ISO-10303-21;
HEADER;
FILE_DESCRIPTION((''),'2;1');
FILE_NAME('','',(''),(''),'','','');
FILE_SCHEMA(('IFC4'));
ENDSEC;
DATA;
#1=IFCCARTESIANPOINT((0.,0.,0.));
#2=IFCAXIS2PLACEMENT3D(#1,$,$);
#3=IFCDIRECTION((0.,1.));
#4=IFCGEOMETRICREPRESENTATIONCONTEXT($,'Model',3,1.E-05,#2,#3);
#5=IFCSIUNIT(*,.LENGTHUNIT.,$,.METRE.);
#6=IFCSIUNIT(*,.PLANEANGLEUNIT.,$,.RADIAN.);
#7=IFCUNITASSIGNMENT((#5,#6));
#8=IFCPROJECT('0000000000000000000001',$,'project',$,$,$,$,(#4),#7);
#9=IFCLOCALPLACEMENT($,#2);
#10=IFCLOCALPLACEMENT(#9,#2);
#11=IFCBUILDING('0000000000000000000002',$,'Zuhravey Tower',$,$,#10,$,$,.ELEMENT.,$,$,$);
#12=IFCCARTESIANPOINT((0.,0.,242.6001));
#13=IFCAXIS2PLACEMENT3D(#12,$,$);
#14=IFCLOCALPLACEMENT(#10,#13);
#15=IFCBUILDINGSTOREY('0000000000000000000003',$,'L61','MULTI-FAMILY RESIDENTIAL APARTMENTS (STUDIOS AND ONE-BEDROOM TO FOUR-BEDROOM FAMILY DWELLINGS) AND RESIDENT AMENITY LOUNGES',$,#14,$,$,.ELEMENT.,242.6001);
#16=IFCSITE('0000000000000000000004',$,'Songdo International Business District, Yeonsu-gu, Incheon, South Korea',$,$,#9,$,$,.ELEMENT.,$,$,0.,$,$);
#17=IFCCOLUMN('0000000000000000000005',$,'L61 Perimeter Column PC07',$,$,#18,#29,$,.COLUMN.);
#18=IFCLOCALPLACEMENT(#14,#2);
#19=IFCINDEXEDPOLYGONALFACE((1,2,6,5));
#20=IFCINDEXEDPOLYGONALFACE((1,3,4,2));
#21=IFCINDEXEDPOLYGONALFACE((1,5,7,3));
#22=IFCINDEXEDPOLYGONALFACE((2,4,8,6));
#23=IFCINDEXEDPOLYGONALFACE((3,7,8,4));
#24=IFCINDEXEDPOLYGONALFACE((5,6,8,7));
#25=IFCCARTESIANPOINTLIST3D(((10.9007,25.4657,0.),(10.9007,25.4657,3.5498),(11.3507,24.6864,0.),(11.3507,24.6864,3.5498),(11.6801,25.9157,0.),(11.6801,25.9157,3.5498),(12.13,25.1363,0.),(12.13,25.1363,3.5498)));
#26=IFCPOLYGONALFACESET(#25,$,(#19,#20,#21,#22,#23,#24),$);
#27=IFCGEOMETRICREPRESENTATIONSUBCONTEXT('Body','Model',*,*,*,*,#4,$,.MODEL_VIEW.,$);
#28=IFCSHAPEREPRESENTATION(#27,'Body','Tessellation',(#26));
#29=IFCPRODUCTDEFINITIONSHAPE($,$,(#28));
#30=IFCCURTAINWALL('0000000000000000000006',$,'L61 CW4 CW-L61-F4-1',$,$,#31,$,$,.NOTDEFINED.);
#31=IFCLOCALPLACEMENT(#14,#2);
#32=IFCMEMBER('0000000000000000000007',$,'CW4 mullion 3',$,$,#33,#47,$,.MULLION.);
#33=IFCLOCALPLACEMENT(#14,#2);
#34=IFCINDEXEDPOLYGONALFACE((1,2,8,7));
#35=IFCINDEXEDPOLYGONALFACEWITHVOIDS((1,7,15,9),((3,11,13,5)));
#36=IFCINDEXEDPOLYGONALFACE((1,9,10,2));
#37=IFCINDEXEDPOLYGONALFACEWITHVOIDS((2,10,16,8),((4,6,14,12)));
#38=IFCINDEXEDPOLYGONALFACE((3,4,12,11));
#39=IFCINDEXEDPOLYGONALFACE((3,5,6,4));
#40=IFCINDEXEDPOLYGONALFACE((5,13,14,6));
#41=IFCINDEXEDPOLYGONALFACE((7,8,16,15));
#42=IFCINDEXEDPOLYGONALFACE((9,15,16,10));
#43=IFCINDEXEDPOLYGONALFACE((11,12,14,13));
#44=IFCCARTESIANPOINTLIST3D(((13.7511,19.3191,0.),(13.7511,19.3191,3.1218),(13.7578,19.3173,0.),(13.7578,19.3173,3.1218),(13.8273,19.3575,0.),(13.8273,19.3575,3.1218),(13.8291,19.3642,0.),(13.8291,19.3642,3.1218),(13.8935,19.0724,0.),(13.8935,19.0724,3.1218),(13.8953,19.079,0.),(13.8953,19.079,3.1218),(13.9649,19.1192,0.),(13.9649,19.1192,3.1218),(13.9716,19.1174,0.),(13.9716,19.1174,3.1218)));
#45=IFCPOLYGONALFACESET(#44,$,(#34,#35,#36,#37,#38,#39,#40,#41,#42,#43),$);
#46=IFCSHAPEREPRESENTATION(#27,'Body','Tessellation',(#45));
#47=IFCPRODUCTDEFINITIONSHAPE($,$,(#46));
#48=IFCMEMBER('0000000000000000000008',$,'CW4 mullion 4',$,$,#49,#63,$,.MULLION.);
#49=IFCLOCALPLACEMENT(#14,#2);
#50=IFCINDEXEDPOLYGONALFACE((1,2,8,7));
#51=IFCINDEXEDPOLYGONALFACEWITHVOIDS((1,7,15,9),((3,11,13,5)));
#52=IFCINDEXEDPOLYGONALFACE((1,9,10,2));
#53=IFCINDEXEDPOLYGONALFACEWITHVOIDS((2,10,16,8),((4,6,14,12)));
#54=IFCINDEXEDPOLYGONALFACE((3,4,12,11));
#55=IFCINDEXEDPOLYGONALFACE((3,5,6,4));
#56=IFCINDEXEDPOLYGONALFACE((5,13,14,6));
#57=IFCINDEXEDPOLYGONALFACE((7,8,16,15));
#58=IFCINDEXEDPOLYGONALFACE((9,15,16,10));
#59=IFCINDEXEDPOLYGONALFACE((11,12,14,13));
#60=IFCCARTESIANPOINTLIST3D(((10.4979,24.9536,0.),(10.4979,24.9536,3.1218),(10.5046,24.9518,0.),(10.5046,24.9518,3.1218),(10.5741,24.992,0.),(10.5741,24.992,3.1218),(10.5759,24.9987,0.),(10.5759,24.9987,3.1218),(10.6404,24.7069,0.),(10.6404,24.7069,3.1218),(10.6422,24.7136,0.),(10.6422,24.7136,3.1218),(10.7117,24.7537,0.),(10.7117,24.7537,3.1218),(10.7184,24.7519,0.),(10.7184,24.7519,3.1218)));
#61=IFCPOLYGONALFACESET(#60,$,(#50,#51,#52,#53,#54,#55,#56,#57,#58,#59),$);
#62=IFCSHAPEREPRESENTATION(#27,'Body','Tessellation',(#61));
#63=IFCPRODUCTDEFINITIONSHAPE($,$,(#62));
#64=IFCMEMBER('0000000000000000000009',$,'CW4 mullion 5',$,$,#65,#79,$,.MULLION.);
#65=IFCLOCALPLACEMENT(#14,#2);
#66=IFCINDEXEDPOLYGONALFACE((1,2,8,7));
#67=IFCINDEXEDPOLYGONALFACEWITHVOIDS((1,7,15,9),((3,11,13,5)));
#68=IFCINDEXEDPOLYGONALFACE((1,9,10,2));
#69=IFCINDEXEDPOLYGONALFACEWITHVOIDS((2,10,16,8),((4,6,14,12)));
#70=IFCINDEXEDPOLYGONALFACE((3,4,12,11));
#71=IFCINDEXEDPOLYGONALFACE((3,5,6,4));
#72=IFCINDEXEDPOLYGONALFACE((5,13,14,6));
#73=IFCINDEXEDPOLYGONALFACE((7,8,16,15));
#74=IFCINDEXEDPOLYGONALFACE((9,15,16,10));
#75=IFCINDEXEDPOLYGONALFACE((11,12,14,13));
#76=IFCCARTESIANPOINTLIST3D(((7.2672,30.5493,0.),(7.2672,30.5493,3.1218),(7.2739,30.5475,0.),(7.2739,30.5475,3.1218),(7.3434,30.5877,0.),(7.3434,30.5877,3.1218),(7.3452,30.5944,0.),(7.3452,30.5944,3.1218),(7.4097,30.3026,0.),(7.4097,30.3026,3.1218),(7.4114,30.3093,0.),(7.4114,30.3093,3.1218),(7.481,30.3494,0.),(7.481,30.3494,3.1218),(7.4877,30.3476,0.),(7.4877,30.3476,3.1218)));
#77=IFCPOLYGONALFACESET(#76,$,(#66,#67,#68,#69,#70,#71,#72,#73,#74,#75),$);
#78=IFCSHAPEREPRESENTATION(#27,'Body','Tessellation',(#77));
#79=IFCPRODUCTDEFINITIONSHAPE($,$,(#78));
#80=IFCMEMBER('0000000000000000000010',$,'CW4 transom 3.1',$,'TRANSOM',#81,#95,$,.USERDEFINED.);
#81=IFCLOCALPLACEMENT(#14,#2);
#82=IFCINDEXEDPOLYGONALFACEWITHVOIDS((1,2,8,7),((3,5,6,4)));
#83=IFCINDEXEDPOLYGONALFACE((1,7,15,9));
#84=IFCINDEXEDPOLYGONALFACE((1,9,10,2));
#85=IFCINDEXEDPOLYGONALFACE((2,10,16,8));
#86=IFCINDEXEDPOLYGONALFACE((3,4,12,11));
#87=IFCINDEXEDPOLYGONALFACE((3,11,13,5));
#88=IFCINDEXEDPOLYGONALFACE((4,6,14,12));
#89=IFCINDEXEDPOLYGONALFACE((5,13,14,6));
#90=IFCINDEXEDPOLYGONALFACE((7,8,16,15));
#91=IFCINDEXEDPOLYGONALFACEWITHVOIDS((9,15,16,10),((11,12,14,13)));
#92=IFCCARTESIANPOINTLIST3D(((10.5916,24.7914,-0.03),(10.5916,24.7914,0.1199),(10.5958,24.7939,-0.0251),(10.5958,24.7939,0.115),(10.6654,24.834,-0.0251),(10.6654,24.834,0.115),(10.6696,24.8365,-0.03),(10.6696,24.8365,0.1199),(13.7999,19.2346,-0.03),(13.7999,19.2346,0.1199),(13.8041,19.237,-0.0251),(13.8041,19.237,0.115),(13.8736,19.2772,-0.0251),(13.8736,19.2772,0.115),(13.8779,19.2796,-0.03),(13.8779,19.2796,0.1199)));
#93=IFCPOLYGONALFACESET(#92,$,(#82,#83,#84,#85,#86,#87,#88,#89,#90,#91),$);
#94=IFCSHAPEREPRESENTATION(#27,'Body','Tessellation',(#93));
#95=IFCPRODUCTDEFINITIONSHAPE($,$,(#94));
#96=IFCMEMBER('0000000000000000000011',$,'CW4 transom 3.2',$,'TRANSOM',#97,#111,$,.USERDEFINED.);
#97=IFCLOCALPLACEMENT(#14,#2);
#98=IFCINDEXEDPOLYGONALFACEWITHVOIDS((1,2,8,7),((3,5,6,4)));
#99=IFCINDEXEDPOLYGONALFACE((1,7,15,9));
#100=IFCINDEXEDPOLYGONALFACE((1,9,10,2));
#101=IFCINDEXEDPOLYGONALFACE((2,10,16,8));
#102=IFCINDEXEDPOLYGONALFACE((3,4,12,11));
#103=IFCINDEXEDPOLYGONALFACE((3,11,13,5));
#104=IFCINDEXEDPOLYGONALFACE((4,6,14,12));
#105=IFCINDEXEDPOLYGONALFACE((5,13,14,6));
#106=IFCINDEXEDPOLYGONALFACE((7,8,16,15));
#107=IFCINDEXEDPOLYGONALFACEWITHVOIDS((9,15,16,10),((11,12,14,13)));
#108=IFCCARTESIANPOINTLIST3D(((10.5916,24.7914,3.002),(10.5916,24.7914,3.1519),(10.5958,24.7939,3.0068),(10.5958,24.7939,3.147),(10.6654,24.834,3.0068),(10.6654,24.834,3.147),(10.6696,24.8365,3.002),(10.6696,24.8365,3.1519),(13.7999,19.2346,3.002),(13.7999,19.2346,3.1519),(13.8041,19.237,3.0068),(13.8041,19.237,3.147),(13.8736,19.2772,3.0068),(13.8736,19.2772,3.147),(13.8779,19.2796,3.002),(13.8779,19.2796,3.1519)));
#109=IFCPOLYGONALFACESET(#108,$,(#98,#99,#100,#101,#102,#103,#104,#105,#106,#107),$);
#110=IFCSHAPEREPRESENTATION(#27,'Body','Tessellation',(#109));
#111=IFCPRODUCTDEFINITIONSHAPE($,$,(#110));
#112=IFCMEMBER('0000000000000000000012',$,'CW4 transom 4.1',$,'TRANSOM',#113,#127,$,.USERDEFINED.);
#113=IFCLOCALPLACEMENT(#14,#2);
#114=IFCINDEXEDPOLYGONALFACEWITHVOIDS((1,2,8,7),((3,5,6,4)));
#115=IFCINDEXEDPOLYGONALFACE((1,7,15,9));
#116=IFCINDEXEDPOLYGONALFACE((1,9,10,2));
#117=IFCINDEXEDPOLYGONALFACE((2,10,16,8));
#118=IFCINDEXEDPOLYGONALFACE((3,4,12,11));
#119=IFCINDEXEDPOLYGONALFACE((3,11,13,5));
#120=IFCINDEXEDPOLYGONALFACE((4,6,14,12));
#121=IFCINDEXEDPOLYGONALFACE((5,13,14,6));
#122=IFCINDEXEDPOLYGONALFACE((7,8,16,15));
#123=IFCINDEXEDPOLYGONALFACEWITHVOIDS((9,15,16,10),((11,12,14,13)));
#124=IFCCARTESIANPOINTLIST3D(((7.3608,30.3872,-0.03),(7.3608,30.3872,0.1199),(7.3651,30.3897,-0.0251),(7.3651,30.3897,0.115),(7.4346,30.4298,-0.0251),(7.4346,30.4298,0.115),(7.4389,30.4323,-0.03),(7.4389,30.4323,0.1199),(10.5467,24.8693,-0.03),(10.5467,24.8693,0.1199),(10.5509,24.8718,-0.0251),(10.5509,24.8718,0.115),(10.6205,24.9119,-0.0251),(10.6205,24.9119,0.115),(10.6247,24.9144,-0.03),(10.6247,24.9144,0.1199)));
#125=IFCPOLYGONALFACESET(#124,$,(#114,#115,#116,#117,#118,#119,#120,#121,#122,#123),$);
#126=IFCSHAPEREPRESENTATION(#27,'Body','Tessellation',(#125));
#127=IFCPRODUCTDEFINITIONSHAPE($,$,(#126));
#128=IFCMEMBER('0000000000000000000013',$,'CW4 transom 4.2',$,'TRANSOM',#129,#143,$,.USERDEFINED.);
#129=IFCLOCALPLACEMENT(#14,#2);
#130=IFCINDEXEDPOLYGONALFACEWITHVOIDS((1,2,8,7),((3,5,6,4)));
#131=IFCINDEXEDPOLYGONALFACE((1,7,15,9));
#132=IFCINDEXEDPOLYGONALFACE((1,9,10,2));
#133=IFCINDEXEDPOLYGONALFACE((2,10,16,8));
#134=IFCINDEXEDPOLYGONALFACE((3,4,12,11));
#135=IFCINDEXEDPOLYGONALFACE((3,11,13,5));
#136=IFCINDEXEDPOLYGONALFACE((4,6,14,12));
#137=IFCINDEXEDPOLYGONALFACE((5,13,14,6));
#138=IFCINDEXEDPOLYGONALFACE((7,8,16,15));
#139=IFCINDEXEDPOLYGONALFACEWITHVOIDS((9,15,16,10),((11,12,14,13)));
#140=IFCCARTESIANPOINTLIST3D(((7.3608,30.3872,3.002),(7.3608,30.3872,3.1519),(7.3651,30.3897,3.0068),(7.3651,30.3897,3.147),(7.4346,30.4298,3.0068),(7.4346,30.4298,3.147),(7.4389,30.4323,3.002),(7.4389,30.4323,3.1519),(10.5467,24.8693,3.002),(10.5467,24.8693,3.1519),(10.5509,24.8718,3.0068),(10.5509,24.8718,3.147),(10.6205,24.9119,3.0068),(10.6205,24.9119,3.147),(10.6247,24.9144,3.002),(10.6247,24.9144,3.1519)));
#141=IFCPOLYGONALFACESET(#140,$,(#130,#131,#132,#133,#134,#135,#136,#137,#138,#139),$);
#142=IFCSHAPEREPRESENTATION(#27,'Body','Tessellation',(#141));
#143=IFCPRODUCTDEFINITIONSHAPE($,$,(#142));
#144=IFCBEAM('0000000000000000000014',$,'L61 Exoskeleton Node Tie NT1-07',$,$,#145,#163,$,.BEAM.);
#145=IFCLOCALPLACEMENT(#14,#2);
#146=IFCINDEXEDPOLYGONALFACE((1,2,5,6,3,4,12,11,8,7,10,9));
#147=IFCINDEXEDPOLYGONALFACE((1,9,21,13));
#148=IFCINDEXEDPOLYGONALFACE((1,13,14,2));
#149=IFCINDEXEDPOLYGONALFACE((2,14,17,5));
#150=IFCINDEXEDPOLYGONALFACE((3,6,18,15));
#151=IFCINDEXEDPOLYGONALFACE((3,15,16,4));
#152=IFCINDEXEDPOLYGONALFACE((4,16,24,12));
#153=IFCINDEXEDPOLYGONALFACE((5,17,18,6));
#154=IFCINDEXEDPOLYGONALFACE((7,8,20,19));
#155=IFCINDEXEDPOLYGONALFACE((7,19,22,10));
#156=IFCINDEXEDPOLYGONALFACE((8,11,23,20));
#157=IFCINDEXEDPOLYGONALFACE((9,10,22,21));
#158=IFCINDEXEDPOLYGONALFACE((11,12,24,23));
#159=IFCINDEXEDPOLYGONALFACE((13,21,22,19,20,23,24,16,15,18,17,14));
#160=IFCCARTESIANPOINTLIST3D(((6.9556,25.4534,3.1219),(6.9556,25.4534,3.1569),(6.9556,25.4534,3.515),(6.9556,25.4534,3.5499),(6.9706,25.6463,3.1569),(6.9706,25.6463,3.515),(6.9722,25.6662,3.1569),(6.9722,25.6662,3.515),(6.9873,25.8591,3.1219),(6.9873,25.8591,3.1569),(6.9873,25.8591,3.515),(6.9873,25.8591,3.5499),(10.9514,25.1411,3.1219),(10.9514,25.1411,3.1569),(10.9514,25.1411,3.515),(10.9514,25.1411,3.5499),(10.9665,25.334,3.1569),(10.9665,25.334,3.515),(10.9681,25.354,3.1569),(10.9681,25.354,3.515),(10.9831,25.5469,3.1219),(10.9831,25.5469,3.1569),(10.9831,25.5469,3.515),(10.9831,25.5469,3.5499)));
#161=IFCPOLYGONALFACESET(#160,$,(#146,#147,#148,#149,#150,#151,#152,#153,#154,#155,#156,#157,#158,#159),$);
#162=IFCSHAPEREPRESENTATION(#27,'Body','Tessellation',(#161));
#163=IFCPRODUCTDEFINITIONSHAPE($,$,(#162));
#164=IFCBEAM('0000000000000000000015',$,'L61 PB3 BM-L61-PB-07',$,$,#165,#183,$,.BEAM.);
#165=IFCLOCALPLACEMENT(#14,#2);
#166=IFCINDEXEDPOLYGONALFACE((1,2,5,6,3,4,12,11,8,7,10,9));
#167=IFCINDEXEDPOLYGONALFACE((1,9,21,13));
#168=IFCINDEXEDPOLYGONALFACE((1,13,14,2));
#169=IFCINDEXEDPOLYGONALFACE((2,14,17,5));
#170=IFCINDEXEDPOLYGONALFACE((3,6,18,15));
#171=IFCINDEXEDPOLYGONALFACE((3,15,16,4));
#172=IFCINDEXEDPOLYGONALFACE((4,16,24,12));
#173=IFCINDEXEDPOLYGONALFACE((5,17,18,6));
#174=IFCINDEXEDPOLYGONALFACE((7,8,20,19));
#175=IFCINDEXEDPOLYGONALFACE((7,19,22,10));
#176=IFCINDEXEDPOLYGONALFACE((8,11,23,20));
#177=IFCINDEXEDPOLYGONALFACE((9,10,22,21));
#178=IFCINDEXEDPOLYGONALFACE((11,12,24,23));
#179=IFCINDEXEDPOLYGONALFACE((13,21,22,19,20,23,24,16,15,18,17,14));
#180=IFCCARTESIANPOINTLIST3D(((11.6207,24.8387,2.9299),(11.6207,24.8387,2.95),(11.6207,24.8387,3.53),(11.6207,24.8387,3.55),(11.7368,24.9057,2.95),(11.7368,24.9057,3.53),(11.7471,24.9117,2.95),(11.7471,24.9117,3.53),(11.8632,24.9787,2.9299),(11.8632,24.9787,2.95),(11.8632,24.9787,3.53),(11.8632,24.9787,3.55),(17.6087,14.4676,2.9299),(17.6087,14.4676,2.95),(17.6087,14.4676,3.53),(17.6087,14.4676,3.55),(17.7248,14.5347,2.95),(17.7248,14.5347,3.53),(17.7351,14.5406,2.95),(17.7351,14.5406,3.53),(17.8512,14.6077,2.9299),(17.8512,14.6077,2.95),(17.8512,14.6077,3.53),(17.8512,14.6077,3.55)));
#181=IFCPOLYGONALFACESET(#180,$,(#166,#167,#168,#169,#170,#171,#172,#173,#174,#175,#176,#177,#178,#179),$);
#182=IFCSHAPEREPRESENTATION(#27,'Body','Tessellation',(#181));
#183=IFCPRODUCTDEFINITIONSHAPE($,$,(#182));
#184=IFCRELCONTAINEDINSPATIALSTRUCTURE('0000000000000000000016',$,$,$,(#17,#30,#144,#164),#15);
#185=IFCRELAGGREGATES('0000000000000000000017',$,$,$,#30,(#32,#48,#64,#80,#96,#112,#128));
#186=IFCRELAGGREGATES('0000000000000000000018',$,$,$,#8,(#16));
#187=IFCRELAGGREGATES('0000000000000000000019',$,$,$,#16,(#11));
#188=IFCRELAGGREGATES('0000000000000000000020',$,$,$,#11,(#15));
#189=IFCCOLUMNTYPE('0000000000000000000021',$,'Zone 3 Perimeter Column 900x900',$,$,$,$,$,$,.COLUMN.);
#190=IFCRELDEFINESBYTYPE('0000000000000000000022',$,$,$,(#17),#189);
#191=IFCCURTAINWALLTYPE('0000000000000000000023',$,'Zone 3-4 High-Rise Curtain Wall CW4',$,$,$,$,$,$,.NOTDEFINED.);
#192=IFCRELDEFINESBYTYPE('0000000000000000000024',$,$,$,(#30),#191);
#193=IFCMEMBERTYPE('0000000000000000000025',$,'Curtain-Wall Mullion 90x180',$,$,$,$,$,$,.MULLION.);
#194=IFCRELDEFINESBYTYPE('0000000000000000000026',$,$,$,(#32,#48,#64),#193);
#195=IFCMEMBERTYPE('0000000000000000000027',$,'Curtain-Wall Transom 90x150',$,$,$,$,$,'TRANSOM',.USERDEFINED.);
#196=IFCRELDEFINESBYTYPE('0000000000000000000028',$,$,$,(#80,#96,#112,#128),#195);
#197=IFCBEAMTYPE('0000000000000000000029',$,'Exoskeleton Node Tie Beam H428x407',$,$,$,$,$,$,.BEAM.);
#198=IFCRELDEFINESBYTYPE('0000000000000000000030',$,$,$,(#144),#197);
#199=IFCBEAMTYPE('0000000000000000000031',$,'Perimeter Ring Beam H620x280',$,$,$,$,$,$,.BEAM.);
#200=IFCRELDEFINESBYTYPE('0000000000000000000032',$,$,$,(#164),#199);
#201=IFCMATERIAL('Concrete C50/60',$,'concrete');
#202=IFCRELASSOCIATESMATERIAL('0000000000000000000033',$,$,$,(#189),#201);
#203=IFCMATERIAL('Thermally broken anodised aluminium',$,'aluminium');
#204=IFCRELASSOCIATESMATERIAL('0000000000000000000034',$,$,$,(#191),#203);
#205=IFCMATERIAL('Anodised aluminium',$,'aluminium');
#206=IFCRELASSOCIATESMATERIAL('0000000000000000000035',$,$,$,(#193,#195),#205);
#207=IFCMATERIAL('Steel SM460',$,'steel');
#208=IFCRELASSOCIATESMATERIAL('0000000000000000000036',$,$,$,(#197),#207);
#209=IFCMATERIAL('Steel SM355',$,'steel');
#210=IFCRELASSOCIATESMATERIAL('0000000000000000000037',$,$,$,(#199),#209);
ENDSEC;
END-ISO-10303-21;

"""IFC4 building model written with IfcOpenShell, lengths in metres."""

from ifc_helpers import new_model, si_unit, direction, frame, origin, origin_2d, place, context, subcontext, project, spatial, rectangle, hollow_rectangle, i_section, extrude, material, material_profile, profile_set, type_object, element, aggregate, save


model = new_model("IFC4")

# Units and contexts
model_context = context("Model", 3, precision=1e-05, world=origin(), true_north=direction((0.0, 1.0)))
body_context = subcontext(model_context, "Body", "Model", "MODEL_VIEW")
ifc_project = project(units=[si_unit("LENGTHUNIT", "METRE"), si_unit("PLANEANGLEUNIT", "RADIAN")], contexts=[model_context])

# Site, building, storey
site_placement = place(None, origin())
site = spatial("IfcSite", under=ifc_project, at=site_placement, Name="Songdo International Business District, Yeonsu-gu, Incheon, South Korea", CompositionType="ELEMENT", RefElevation=0.0)
building_placement = place(site_placement, origin())
building = spatial("IfcBuilding", under=site, at=building_placement, Name="Zuhravey Tower", CompositionType="ELEMENT")
storey_placement = place(building_placement, frame((0.0, 0.0, 242.6001)))
storey = spatial("IfcBuildingStorey", under=building, at=storey_placement, Name="L61", Description="MULTI-FAMILY RESIDENTIAL APARTMENTS (STUDIOS AND ONE-BEDROOM TO FOUR-BEDROOM FAMILY DWELLINGS) AND RESIDENT AMENITY LOUNGES", CompositionType="ELEMENT", Elevation=242.6001)

# Column
ifc_material_1 = material(Name="Concrete C50/60", Category="concrete")
ifc_material_profile_1 = material_profile(ifc_material_1, rectangle(XDim=0.8999, YDim=0.8999, at=origin_2d()), Name="RC-900x900")
ifc_profile_set_1 = profile_set([ifc_material_profile_1], Name="Concrete C50/60")
column_type = type_object("IfcColumnType", Name="Zone 3 Perimeter Column 900x900", PredefinedType="COLUMN", material=ifc_profile_set_1)
column_placement = place(storey_placement, frame((11.5154, 25.301, 0.0), z_axis=(0.0, 0.0, 1.0), x_axis=(0.5, -0.866025, 0.0)))
element("IfcColumn", 1, at=column_placement, inside=storey, type_object=column_type, Name="L61 Perimeter Column PC07", PredefinedType="COLUMN", context=body_context, shape_type="SweptSolid", body=[
    extrude(rectangle(XDim=0.8999, YDim=0.8999, at=origin_2d()), origin(), (0.0, 0.0, 1.0), 3.5498),
])

# Curtain wall, members
ifc_material_2 = material(Name="Thermally broken anodised aluminium", Category="aluminium")
curtain_wall_type = type_object("IfcCurtainWallType", Name="Zone 3-4 High-Rise Curtain Wall CW4", PredefinedType="NOTDEFINED", material=ifc_material_2)
curtain_wall_placement = place(storey_placement, origin())
curtain_wall = element("IfcCurtainWall", 2, at=curtain_wall_placement, inside=storey, type_object=curtain_wall_type, Name="L61 CW4 CW-L61-F4-1", PredefinedType="NOTDEFINED")
ifc_material_3 = material(Name="Anodised aluminium", Category="aluminium")
ifc_material_profile_2 = material_profile(ifc_material_3, hollow_rectangle(XDim=0.0901, YDim=0.2849, WallThickness=0.0049, at=origin_2d()), Name="ALU-RHS-90x285x5")
ifc_profile_set_2 = profile_set([ifc_material_profile_2], Name="Anodised aluminium")
member_type_1 = type_object("IfcMemberType", Name="Curtain-Wall Mullion 90x180", PredefinedType="MULLION", material=ifc_profile_set_2)
member_1_placement = place(storey_placement, frame((13.8613, 19.2183, 0.0), z_axis=(0.0, 0.0, 1.0), x_axis=(-0.866025, -0.500001, 0.0)))
member_1 = element("IfcMember", 3, at=member_1_placement, type_object=member_type_1, Name="CW4 mullion 3", PredefinedType="MULLION", context=body_context, shape_type="SweptSolid", body=[
    extrude(hollow_rectangle(XDim=0.0901, YDim=0.2849, WallThickness=0.0049, at=origin_2d()), origin(), (0.0, 0.0, 1.0), 3.1218),
])
member_2_placement = place(storey_placement, frame((10.6082, 24.8528, 0.0), z_axis=(0.0, 0.0, 1.0), x_axis=(-0.866025, -0.500001, 0.0)))
member_2 = element("IfcMember", 4, at=member_2_placement, type_object=member_type_1, Name="CW4 mullion 4", PredefinedType="MULLION", context=body_context, shape_type="SweptSolid", body=[
    extrude(hollow_rectangle(XDim=0.0901, YDim=0.2849, WallThickness=0.0049, at=origin_2d()), origin(), (0.0, 0.0, 1.0), 3.1218),
])
member_3_placement = place(storey_placement, frame((7.3774, 30.4485, 0.0), z_axis=(0.0, 0.0, 1.0), x_axis=(-0.866025, -0.500001, 0.0)))
member_3 = element("IfcMember", 5, at=member_3_placement, type_object=member_type_1, Name="CW4 mullion 5", PredefinedType="MULLION", context=body_context, shape_type="SweptSolid", body=[
    extrude(hollow_rectangle(XDim=0.0901, YDim=0.2849, WallThickness=0.0049, at=origin_2d()), origin(), (0.0, 0.0, 1.0), 3.1218),
])
ifc_material_profile_3 = material_profile(ifc_material_3, hollow_rectangle(XDim=0.0901, YDim=0.1499, WallThickness=0.0049, at=origin_2d()), Name="ALU-RHS-90x150x5")
ifc_profile_set_3 = profile_set([ifc_material_profile_3], Name="Anodised aluminium")
member_type_2 = type_object("IfcMemberType", Name="Curtain-Wall Transom 90x150", ElementType="TRANSOM", PredefinedType="USERDEFINED", material=ifc_profile_set_3)
member_4_placement = place(storey_placement, frame((13.8389, 19.2571, 0.0449), z_axis=(-0.499998, 0.866027, 0.0), x_axis=(-0.866027, -0.499998, 0.0)))
member_4 = element("IfcMember", 6, at=member_4_placement, type_object=member_type_2, Name="CW4 transom 3.1", ObjectType="TRANSOM", PredefinedType="USERDEFINED", context=body_context, shape_type="SweptSolid", body=[
    extrude(hollow_rectangle(XDim=0.0901, YDim=0.1499, WallThickness=0.0049, at=origin_2d()), origin(), (0.0, 0.0, 1.0), 6.4165),
])
member_5_placement = place(storey_placement, frame((13.8389, 19.2571, 3.0769), z_axis=(-0.499998, 0.866027, 0.0), x_axis=(-0.866027, -0.499998, 0.0)))
member_5 = element("IfcMember", 7, at=member_5_placement, type_object=member_type_2, Name="CW4 transom 3.2", ObjectType="TRANSOM", PredefinedType="USERDEFINED", context=body_context, shape_type="SweptSolid", body=[
    extrude(hollow_rectangle(XDim=0.0901, YDim=0.1499, WallThickness=0.0049, at=origin_2d()), origin(), (0.0, 0.0, 1.0), 6.4165),
])
member_6_placement = place(storey_placement, frame((10.5857, 24.8918, 0.0449), z_axis=(-0.500009, 0.86602, 0.0), x_axis=(-0.86602, -0.500009, 0.0)))
member_6 = element("IfcMember", 8, at=member_6_placement, type_object=member_type_2, Name="CW4 transom 4.1", ObjectType="TRANSOM", PredefinedType="USERDEFINED", context=body_context, shape_type="SweptSolid", body=[
    extrude(hollow_rectangle(XDim=0.0901, YDim=0.1499, WallThickness=0.0049, at=origin_2d()), origin(), (0.0, 0.0, 1.0), 6.3716),
])
member_7_placement = place(storey_placement, frame((10.5857, 24.8918, 3.0769), z_axis=(-0.500009, 0.86602, 0.0), x_axis=(-0.86602, -0.500009, 0.0)))
member_7 = element("IfcMember", 9, at=member_7_placement, type_object=member_type_2, Name="CW4 transom 4.2", ObjectType="TRANSOM", PredefinedType="USERDEFINED", context=body_context, shape_type="SweptSolid", body=[
    extrude(hollow_rectangle(XDim=0.0901, YDim=0.1499, WallThickness=0.0049, at=origin_2d()), origin(), (0.0, 0.0, 1.0), 6.3716),
])

# Beams
ifc_material_4 = material(Name="Steel SM460", Category="steel")
ifc_material_profile_4 = material_profile(ifc_material_4, i_section(OverallWidth=0.407, OverallDepth=0.428, WebThickness=0.02, FlangeThickness=0.0349, at=origin_2d()), Name="H-428x407x20x35")
ifc_profile_set_4 = profile_set([ifc_material_profile_4], Name="Steel SM460")
beam_type_1 = type_object("IfcBeamType", Name="Exoskeleton Node Tie Beam H428x407", PredefinedType="BEAM", material=ifc_profile_set_4)
beam_1_placement = place(storey_placement, frame((10.9673, 25.344, 3.3359), z_axis=(-0.996961, 0.077908, 0.0), x_axis=(-0.077908, -0.996961, 0.0)))
element("IfcBeam", 10, at=beam_1_placement, inside=storey, type_object=beam_type_1, Name="L61 Exoskeleton Node Tie NT1-07", PredefinedType="BEAM", context=body_context, shape_type="SweptSolid", body=[
    extrude(i_section(OverallWidth=0.407, OverallDepth=0.428, WebThickness=0.02, FlangeThickness=0.0349, at=origin_2d()), origin(), (0.0, 0.0, 1.0), 4.0081),
])
ifc_material_5 = material(Name="Steel SM355", Category="steel")
ifc_material_profile_5 = material_profile(ifc_material_5, i_section(OverallWidth=0.28, OverallDepth=0.6201, WebThickness=0.012, FlangeThickness=0.02, at=origin_2d()), Name="H-620x280x12x20")
ifc_profile_set_5 = profile_set([ifc_material_profile_5], Name="Steel SM355")
beam_type_2 = type_object("IfcBeamType", Name="Perimeter Ring Beam H620x280", PredefinedType="BEAM", material=ifc_profile_set_5)
beam_2_placement = place(storey_placement, frame((11.7419, 24.9087, 3.24), z_axis=(0.500018, -0.866015, 0.0), x_axis=(0.866015, 0.500018, 0.0)))
element("IfcBeam", 11, at=beam_2_placement, inside=storey, type_object=beam_type_2, Name="L61 PB3 BM-L61-PB-07", PredefinedType="BEAM", context=body_context, shape_type="SweptSolid", body=[
    extrude(i_section(OverallWidth=0.28, OverallDepth=0.6201, WebThickness=0.012, FlangeThickness=0.02, at=origin_2d()), origin(), (0.0, 0.0, 1.0), 11.9756),
])

aggregate(curtain_wall, [member_1, member_2, member_3, member_4, member_5, member_6, member_7])

save(model, "model.ifc")
